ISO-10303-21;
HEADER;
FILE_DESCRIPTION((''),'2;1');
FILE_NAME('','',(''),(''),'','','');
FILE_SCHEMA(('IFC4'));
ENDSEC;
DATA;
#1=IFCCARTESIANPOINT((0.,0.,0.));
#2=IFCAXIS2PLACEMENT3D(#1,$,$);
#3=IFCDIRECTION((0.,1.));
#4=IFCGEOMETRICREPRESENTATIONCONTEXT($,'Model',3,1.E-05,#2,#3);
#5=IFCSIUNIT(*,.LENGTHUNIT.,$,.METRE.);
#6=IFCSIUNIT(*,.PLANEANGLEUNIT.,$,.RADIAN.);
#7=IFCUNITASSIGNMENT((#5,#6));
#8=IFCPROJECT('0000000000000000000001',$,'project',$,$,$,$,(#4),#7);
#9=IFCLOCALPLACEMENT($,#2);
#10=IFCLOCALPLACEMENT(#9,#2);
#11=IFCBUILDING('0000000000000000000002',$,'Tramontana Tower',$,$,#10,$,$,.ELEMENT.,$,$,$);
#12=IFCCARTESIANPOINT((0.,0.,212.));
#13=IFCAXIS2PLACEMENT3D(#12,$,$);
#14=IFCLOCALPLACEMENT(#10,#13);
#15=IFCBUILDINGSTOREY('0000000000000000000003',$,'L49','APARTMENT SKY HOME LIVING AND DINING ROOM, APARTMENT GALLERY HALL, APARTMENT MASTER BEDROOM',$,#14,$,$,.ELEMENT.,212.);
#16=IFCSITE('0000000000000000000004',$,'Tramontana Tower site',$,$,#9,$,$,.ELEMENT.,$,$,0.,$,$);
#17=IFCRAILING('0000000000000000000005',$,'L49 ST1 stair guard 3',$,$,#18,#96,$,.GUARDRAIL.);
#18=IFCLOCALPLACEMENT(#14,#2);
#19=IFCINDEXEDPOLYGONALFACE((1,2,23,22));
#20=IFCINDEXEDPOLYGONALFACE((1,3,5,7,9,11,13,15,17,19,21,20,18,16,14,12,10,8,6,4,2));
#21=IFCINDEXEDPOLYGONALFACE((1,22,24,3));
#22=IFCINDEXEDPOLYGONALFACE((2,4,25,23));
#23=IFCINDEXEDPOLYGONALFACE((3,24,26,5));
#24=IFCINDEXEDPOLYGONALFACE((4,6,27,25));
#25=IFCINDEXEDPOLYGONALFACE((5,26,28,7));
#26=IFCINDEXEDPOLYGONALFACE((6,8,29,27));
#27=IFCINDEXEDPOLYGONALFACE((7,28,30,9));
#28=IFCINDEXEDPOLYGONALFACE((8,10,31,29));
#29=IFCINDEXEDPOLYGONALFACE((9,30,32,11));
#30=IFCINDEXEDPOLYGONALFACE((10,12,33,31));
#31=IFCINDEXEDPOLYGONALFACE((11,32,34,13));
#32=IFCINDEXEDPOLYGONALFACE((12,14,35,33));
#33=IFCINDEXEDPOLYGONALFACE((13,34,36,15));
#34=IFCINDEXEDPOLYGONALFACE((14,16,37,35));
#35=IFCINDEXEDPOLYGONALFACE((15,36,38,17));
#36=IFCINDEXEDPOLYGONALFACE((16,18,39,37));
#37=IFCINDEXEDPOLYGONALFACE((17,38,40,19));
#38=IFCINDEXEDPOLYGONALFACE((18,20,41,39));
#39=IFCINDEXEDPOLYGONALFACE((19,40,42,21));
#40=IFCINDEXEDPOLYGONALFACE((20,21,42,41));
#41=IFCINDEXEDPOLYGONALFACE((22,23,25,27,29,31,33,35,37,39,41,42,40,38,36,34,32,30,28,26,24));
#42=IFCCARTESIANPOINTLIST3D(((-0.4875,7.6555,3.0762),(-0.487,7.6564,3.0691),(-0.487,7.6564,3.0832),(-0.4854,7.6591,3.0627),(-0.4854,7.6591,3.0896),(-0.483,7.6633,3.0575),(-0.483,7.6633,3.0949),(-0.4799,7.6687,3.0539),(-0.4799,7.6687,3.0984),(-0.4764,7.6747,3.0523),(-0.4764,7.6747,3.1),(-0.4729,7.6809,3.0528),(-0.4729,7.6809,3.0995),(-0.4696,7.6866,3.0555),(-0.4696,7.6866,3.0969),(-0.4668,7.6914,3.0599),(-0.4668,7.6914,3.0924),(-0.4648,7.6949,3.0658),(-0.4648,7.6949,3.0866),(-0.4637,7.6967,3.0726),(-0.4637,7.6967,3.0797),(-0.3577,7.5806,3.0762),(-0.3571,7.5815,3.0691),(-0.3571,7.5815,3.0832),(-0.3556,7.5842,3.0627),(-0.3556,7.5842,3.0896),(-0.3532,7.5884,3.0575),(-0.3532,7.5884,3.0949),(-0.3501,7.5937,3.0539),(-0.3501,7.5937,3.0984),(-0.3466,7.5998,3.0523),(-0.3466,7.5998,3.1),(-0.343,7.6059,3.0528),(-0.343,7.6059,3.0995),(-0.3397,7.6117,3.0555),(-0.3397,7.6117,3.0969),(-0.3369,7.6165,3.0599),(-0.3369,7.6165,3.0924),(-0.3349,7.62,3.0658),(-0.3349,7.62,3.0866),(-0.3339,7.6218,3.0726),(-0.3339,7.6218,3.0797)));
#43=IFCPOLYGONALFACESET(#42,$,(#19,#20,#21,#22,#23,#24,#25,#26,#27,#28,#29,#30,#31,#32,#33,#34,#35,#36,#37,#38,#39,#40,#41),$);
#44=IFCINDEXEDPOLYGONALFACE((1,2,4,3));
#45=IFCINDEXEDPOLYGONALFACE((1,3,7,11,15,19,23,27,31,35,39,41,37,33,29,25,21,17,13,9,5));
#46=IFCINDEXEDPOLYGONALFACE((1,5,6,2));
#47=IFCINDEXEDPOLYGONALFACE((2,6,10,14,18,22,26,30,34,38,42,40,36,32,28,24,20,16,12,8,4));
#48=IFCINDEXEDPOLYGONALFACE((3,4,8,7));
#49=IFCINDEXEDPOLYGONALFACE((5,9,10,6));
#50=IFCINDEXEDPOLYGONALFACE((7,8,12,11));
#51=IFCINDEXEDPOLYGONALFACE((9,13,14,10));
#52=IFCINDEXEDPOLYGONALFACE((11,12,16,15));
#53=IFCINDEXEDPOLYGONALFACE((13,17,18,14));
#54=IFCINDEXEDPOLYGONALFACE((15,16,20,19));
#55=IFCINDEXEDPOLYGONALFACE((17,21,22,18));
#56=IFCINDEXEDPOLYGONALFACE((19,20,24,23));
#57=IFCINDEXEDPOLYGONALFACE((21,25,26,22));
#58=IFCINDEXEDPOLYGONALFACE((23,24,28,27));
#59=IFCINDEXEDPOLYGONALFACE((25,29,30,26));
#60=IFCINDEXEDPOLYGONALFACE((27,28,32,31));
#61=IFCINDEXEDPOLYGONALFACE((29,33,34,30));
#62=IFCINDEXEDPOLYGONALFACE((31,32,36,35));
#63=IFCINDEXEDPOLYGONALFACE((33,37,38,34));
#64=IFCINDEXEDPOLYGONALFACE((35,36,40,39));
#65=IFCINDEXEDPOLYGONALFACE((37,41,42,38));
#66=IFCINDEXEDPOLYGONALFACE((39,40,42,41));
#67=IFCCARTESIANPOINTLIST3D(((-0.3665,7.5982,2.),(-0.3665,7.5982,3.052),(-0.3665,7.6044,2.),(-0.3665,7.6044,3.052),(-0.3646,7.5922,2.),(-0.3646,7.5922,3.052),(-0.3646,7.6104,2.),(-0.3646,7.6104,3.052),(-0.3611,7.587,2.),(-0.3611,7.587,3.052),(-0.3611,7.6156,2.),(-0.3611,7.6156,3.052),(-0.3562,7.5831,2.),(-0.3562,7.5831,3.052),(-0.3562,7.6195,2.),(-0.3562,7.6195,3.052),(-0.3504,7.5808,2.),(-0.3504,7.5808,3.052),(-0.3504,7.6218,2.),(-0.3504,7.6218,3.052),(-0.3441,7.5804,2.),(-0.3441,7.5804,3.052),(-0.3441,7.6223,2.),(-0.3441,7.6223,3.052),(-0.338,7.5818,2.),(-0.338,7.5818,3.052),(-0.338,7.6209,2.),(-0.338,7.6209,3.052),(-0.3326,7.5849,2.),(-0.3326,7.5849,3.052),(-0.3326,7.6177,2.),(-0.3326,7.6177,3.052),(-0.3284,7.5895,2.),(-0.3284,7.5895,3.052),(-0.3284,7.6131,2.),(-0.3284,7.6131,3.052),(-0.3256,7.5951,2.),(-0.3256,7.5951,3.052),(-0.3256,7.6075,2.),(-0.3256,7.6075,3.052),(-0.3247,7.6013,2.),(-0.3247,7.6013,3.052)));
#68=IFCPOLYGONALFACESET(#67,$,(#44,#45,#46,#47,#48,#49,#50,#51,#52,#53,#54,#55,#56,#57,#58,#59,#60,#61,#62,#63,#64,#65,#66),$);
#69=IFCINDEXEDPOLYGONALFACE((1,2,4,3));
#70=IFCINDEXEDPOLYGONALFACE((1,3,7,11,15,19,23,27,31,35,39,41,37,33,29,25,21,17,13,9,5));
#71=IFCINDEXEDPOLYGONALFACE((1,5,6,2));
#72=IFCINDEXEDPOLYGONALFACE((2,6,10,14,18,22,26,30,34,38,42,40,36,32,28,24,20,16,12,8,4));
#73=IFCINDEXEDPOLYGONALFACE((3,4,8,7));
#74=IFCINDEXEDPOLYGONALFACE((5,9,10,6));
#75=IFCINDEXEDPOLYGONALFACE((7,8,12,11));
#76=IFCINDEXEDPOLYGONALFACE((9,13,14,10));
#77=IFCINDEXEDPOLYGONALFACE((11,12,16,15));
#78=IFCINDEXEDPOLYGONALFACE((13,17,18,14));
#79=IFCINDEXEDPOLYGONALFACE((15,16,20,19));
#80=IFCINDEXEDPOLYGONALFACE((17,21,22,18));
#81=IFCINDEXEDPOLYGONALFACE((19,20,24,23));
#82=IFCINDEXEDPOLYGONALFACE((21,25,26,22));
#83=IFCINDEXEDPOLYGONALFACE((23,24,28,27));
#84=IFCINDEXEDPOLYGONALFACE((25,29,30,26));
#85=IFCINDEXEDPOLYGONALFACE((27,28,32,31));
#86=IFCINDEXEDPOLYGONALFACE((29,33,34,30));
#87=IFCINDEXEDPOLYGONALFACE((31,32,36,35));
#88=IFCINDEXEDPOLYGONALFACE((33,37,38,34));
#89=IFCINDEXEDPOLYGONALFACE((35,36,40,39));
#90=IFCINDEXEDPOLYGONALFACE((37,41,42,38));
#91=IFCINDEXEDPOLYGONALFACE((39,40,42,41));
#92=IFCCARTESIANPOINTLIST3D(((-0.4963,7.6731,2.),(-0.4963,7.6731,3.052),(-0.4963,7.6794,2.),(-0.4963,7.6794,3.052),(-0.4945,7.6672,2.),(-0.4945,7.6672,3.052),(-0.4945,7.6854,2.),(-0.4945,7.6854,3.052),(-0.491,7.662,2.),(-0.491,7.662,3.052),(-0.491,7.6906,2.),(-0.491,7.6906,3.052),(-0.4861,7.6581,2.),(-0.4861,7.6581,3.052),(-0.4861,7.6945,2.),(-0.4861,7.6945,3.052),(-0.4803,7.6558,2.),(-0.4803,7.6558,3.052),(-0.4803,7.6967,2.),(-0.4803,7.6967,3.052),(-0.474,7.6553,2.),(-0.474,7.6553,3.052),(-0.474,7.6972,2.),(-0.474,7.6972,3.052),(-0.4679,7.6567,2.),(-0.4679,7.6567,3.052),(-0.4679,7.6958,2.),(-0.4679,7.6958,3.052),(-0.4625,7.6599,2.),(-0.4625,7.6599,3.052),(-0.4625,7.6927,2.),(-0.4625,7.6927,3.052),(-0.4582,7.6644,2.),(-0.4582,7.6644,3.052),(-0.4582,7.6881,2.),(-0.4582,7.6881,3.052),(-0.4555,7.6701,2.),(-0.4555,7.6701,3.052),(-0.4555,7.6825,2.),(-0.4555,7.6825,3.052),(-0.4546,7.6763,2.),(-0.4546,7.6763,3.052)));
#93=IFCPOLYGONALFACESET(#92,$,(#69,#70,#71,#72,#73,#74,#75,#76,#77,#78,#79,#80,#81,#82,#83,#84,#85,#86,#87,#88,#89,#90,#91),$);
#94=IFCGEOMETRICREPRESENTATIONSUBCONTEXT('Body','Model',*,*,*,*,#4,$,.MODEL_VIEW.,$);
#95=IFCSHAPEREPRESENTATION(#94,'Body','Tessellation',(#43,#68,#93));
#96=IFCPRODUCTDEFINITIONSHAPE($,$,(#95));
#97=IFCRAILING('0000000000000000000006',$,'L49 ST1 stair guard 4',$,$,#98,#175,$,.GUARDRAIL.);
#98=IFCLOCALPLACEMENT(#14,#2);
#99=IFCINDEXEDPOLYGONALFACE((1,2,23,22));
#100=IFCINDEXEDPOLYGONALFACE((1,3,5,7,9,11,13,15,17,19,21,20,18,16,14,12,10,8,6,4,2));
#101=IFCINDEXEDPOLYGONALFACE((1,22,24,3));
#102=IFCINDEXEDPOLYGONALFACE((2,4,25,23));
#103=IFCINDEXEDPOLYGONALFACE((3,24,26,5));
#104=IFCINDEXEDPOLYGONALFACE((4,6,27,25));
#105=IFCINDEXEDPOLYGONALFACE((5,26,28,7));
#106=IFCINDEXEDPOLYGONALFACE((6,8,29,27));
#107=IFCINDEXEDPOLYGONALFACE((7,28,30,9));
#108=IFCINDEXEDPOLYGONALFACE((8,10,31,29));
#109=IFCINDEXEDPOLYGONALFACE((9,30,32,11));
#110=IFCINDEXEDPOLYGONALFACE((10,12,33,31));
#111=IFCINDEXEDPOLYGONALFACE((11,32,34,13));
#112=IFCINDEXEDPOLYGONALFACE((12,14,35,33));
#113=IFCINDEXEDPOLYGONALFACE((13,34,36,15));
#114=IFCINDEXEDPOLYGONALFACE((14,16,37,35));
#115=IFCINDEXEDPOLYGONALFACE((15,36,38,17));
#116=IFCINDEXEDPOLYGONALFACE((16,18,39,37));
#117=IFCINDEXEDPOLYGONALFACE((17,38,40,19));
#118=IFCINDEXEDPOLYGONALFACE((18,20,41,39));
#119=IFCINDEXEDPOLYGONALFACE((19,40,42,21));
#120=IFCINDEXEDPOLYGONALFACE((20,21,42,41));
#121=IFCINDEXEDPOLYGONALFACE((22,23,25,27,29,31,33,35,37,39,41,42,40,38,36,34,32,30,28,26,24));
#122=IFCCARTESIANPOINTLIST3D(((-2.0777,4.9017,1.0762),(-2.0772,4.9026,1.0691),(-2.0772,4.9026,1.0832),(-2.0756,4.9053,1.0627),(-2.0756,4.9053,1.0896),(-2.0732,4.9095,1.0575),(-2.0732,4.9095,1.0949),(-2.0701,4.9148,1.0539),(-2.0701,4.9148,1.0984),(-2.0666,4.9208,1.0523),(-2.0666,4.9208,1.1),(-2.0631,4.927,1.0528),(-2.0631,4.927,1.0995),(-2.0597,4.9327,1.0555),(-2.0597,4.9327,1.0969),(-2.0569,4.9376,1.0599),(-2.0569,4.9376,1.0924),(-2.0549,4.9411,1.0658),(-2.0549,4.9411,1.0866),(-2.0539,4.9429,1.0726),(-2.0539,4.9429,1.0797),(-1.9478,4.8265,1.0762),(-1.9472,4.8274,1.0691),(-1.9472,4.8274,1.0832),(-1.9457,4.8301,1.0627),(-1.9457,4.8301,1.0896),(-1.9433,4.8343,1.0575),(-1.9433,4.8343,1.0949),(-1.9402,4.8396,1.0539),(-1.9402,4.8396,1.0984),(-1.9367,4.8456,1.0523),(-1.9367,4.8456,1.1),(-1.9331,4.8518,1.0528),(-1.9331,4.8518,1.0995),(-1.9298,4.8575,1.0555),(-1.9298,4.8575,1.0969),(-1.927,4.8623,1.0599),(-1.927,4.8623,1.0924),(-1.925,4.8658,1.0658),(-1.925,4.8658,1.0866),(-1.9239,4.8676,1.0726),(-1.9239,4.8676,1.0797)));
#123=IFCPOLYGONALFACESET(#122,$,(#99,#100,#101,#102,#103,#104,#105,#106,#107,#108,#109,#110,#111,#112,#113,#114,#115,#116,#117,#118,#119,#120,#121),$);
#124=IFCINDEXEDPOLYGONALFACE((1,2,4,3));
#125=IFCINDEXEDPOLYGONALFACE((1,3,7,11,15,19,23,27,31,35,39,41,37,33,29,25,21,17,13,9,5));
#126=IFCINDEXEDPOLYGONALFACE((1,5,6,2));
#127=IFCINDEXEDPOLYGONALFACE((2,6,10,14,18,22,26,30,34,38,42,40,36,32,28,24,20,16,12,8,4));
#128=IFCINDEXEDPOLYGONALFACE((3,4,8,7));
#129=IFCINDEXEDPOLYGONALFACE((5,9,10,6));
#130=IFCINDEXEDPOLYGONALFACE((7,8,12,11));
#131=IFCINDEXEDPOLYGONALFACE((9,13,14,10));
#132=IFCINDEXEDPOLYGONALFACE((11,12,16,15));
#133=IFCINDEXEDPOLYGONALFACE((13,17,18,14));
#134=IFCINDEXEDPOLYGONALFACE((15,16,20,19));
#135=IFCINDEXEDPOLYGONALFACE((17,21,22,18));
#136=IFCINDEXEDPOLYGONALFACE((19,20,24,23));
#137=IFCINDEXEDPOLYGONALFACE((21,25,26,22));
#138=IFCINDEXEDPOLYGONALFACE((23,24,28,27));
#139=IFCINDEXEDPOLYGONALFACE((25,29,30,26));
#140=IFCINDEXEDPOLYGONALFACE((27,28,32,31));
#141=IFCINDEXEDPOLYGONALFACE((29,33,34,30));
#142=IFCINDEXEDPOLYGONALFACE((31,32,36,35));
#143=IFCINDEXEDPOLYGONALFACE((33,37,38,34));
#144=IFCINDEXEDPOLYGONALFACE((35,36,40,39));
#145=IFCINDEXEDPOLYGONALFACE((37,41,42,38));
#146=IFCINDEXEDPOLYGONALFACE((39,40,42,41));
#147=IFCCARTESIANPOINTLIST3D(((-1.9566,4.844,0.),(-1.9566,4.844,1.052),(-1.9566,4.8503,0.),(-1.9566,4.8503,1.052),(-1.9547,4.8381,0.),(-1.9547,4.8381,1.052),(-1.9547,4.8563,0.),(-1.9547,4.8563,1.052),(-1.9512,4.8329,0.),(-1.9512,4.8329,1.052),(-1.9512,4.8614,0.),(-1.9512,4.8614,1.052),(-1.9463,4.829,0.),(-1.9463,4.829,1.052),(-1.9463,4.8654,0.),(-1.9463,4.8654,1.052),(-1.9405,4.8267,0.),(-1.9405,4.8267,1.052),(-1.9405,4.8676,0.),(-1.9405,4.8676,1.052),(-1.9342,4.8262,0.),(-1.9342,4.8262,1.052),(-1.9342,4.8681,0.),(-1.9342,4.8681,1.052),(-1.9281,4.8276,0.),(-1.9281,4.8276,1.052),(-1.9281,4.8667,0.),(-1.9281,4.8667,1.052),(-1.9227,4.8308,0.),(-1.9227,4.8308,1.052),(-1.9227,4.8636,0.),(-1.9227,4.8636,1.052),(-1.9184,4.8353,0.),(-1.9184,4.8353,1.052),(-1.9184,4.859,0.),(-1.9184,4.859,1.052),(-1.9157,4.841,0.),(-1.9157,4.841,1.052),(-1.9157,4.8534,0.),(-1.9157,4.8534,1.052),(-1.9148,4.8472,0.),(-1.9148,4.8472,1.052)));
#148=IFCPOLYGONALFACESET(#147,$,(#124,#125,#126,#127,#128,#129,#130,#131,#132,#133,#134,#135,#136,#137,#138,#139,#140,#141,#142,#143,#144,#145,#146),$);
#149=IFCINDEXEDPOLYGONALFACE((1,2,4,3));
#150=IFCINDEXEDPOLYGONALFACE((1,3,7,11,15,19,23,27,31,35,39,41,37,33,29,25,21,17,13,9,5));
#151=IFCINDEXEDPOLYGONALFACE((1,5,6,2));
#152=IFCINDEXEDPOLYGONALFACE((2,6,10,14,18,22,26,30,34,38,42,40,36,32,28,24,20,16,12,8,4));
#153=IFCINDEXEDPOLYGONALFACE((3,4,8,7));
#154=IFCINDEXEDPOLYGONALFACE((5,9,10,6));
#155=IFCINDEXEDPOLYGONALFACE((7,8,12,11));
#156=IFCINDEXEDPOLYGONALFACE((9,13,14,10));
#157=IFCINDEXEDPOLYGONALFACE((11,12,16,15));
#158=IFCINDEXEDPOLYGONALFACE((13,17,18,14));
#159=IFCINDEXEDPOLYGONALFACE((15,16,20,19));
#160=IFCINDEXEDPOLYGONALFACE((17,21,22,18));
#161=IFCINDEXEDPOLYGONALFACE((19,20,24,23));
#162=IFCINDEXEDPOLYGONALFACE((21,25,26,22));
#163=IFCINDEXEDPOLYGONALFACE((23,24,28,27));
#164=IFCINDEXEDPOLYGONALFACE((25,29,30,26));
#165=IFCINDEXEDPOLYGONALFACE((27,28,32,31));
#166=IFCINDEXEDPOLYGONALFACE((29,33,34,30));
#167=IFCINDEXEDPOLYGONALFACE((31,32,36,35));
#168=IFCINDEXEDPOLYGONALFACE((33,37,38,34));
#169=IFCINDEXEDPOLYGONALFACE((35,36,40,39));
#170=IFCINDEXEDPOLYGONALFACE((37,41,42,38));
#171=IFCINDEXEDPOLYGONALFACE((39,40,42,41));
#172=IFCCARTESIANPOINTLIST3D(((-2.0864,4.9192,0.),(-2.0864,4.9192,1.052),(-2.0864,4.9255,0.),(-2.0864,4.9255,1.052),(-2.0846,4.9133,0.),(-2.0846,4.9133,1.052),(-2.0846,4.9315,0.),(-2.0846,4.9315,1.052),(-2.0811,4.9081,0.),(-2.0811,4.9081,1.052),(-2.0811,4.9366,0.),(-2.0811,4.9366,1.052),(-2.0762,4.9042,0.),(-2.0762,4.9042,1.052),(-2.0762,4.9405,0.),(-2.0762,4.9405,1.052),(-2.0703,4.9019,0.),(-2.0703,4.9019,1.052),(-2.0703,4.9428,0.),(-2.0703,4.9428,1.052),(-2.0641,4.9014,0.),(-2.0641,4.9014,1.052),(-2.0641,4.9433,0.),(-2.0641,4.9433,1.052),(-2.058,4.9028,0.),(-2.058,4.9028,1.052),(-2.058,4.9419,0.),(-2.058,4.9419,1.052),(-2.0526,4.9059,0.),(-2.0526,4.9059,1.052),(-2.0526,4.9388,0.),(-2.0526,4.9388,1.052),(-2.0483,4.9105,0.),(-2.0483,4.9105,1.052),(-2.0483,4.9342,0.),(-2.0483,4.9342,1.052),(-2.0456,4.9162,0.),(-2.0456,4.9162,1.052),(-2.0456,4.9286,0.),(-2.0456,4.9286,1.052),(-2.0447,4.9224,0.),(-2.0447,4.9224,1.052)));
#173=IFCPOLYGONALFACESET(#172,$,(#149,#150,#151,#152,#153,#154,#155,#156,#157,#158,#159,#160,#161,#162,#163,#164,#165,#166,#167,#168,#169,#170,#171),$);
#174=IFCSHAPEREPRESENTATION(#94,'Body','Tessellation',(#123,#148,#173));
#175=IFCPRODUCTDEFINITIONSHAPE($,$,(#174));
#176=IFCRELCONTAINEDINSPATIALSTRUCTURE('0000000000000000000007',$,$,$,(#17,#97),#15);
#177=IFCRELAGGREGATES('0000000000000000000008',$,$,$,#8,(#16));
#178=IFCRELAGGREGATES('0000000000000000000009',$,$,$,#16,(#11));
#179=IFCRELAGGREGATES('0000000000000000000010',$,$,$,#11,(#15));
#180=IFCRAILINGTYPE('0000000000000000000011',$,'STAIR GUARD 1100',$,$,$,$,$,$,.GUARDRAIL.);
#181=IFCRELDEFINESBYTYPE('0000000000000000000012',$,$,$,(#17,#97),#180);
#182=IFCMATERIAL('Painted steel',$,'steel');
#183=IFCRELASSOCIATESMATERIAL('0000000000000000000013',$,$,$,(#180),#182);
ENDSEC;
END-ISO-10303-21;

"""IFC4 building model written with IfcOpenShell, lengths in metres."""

from ifc_helpers import new_model, si_unit, direction, frame, origin, origin_2d, place, context, subcontext, project, spatial, circle, extrude, material, type_object, element, save


model = new_model("IFC4")

# Units and contexts
model_context = context("Model", 3, precision=1e-05, world=origin(), true_north=direction((0.0, 1.0)))
body_context = subcontext(model_context, "Body", "Model", "MODEL_VIEW")
ifc_project = project(units=[si_unit("LENGTHUNIT", "METRE"), si_unit("PLANEANGLEUNIT", "RADIAN")], contexts=[model_context])

# Site, building, storey
site_placement = place(None, origin())
site = spatial("IfcSite", under=ifc_project, at=site_placement, Name="Tramontana Tower site", CompositionType="ELEMENT", RefElevation=0.0)
building_placement = place(site_placement, origin())
building = spatial("IfcBuilding", under=site, at=building_placement, Name="Tramontana Tower", CompositionType="ELEMENT")
storey_placement = place(building_placement, frame((0.0, 0.0, 212.0)))
storey = spatial("IfcBuildingStorey", under=building, at=storey_placement, Name="L49", Description="APARTMENT SKY HOME LIVING AND DINING ROOM, APARTMENT GALLERY HALL, APARTMENT MASTER BEDROOM", CompositionType="ELEMENT", Elevation=212.0)

# Railings
ifc_material_1 = material(Name="Painted steel", Category="steel")
railing_type_1 = type_object("IfcRailingType", Name="STAIR GUARD 1100", PredefinedType="GUARDRAIL", material=ifc_material_1)
railing_1_placement = place(storey_placement, frame((-0.3457, 7.6013, 2.0)))
element("IfcRailing", 1, at=railing_1_placement, inside=storey, type_object=railing_type_1, Name="L49 ST1 stair guard 3", PredefinedType="GUARDRAIL", context=body_context, shape_type="SweptSolid", body=[
    extrude(circle(Radius=0.0239, at=origin_2d()), frame((0.0, 0.0, 1.0762), z_axis=(-0.866131, 0.499816, 0.0), x_axis=(-0.499816, -0.866131, 0.0)), (0.0, 0.0, 1.0), 0.1499),
    extrude(circle(Radius=0.021, at=origin_2d()), origin(), (0.0, 0.0, 1.0), 1.052),
    extrude(circle(Radius=0.021, at=origin_2d()), frame((-0.1299, 0.075, 0.0)), (0.0, 0.0, 1.0), 1.052),
])
railing_2_placement = place(storey_placement, frame((-1.9358, 4.8472, 0.0)))
element("IfcRailing", 2, at=railing_2_placement, inside=storey, type_object=railing_type_1, Name="L49 ST1 stair guard 4", PredefinedType="GUARDRAIL", context=body_context, shape_type="SweptSolid", body=[
    extrude(circle(Radius=0.0239, at=origin_2d()), frame((0.0, 0.0, 1.0762), z_axis=(-0.865426, 0.501036, 0.0), x_axis=(-0.501036, -0.865426, 0.0)), (0.0, 0.0, 1.0), 0.1501),
    extrude(circle(Radius=0.021, at=origin_2d()), origin(), (0.0, 0.0, 1.0), 1.052),
    extrude(circle(Radius=0.021, at=origin_2d()), frame((-0.1299, 0.0752, 0.0)), (0.0, 0.0, 1.0), 1.052),
])

save(model, "model.ifc")
